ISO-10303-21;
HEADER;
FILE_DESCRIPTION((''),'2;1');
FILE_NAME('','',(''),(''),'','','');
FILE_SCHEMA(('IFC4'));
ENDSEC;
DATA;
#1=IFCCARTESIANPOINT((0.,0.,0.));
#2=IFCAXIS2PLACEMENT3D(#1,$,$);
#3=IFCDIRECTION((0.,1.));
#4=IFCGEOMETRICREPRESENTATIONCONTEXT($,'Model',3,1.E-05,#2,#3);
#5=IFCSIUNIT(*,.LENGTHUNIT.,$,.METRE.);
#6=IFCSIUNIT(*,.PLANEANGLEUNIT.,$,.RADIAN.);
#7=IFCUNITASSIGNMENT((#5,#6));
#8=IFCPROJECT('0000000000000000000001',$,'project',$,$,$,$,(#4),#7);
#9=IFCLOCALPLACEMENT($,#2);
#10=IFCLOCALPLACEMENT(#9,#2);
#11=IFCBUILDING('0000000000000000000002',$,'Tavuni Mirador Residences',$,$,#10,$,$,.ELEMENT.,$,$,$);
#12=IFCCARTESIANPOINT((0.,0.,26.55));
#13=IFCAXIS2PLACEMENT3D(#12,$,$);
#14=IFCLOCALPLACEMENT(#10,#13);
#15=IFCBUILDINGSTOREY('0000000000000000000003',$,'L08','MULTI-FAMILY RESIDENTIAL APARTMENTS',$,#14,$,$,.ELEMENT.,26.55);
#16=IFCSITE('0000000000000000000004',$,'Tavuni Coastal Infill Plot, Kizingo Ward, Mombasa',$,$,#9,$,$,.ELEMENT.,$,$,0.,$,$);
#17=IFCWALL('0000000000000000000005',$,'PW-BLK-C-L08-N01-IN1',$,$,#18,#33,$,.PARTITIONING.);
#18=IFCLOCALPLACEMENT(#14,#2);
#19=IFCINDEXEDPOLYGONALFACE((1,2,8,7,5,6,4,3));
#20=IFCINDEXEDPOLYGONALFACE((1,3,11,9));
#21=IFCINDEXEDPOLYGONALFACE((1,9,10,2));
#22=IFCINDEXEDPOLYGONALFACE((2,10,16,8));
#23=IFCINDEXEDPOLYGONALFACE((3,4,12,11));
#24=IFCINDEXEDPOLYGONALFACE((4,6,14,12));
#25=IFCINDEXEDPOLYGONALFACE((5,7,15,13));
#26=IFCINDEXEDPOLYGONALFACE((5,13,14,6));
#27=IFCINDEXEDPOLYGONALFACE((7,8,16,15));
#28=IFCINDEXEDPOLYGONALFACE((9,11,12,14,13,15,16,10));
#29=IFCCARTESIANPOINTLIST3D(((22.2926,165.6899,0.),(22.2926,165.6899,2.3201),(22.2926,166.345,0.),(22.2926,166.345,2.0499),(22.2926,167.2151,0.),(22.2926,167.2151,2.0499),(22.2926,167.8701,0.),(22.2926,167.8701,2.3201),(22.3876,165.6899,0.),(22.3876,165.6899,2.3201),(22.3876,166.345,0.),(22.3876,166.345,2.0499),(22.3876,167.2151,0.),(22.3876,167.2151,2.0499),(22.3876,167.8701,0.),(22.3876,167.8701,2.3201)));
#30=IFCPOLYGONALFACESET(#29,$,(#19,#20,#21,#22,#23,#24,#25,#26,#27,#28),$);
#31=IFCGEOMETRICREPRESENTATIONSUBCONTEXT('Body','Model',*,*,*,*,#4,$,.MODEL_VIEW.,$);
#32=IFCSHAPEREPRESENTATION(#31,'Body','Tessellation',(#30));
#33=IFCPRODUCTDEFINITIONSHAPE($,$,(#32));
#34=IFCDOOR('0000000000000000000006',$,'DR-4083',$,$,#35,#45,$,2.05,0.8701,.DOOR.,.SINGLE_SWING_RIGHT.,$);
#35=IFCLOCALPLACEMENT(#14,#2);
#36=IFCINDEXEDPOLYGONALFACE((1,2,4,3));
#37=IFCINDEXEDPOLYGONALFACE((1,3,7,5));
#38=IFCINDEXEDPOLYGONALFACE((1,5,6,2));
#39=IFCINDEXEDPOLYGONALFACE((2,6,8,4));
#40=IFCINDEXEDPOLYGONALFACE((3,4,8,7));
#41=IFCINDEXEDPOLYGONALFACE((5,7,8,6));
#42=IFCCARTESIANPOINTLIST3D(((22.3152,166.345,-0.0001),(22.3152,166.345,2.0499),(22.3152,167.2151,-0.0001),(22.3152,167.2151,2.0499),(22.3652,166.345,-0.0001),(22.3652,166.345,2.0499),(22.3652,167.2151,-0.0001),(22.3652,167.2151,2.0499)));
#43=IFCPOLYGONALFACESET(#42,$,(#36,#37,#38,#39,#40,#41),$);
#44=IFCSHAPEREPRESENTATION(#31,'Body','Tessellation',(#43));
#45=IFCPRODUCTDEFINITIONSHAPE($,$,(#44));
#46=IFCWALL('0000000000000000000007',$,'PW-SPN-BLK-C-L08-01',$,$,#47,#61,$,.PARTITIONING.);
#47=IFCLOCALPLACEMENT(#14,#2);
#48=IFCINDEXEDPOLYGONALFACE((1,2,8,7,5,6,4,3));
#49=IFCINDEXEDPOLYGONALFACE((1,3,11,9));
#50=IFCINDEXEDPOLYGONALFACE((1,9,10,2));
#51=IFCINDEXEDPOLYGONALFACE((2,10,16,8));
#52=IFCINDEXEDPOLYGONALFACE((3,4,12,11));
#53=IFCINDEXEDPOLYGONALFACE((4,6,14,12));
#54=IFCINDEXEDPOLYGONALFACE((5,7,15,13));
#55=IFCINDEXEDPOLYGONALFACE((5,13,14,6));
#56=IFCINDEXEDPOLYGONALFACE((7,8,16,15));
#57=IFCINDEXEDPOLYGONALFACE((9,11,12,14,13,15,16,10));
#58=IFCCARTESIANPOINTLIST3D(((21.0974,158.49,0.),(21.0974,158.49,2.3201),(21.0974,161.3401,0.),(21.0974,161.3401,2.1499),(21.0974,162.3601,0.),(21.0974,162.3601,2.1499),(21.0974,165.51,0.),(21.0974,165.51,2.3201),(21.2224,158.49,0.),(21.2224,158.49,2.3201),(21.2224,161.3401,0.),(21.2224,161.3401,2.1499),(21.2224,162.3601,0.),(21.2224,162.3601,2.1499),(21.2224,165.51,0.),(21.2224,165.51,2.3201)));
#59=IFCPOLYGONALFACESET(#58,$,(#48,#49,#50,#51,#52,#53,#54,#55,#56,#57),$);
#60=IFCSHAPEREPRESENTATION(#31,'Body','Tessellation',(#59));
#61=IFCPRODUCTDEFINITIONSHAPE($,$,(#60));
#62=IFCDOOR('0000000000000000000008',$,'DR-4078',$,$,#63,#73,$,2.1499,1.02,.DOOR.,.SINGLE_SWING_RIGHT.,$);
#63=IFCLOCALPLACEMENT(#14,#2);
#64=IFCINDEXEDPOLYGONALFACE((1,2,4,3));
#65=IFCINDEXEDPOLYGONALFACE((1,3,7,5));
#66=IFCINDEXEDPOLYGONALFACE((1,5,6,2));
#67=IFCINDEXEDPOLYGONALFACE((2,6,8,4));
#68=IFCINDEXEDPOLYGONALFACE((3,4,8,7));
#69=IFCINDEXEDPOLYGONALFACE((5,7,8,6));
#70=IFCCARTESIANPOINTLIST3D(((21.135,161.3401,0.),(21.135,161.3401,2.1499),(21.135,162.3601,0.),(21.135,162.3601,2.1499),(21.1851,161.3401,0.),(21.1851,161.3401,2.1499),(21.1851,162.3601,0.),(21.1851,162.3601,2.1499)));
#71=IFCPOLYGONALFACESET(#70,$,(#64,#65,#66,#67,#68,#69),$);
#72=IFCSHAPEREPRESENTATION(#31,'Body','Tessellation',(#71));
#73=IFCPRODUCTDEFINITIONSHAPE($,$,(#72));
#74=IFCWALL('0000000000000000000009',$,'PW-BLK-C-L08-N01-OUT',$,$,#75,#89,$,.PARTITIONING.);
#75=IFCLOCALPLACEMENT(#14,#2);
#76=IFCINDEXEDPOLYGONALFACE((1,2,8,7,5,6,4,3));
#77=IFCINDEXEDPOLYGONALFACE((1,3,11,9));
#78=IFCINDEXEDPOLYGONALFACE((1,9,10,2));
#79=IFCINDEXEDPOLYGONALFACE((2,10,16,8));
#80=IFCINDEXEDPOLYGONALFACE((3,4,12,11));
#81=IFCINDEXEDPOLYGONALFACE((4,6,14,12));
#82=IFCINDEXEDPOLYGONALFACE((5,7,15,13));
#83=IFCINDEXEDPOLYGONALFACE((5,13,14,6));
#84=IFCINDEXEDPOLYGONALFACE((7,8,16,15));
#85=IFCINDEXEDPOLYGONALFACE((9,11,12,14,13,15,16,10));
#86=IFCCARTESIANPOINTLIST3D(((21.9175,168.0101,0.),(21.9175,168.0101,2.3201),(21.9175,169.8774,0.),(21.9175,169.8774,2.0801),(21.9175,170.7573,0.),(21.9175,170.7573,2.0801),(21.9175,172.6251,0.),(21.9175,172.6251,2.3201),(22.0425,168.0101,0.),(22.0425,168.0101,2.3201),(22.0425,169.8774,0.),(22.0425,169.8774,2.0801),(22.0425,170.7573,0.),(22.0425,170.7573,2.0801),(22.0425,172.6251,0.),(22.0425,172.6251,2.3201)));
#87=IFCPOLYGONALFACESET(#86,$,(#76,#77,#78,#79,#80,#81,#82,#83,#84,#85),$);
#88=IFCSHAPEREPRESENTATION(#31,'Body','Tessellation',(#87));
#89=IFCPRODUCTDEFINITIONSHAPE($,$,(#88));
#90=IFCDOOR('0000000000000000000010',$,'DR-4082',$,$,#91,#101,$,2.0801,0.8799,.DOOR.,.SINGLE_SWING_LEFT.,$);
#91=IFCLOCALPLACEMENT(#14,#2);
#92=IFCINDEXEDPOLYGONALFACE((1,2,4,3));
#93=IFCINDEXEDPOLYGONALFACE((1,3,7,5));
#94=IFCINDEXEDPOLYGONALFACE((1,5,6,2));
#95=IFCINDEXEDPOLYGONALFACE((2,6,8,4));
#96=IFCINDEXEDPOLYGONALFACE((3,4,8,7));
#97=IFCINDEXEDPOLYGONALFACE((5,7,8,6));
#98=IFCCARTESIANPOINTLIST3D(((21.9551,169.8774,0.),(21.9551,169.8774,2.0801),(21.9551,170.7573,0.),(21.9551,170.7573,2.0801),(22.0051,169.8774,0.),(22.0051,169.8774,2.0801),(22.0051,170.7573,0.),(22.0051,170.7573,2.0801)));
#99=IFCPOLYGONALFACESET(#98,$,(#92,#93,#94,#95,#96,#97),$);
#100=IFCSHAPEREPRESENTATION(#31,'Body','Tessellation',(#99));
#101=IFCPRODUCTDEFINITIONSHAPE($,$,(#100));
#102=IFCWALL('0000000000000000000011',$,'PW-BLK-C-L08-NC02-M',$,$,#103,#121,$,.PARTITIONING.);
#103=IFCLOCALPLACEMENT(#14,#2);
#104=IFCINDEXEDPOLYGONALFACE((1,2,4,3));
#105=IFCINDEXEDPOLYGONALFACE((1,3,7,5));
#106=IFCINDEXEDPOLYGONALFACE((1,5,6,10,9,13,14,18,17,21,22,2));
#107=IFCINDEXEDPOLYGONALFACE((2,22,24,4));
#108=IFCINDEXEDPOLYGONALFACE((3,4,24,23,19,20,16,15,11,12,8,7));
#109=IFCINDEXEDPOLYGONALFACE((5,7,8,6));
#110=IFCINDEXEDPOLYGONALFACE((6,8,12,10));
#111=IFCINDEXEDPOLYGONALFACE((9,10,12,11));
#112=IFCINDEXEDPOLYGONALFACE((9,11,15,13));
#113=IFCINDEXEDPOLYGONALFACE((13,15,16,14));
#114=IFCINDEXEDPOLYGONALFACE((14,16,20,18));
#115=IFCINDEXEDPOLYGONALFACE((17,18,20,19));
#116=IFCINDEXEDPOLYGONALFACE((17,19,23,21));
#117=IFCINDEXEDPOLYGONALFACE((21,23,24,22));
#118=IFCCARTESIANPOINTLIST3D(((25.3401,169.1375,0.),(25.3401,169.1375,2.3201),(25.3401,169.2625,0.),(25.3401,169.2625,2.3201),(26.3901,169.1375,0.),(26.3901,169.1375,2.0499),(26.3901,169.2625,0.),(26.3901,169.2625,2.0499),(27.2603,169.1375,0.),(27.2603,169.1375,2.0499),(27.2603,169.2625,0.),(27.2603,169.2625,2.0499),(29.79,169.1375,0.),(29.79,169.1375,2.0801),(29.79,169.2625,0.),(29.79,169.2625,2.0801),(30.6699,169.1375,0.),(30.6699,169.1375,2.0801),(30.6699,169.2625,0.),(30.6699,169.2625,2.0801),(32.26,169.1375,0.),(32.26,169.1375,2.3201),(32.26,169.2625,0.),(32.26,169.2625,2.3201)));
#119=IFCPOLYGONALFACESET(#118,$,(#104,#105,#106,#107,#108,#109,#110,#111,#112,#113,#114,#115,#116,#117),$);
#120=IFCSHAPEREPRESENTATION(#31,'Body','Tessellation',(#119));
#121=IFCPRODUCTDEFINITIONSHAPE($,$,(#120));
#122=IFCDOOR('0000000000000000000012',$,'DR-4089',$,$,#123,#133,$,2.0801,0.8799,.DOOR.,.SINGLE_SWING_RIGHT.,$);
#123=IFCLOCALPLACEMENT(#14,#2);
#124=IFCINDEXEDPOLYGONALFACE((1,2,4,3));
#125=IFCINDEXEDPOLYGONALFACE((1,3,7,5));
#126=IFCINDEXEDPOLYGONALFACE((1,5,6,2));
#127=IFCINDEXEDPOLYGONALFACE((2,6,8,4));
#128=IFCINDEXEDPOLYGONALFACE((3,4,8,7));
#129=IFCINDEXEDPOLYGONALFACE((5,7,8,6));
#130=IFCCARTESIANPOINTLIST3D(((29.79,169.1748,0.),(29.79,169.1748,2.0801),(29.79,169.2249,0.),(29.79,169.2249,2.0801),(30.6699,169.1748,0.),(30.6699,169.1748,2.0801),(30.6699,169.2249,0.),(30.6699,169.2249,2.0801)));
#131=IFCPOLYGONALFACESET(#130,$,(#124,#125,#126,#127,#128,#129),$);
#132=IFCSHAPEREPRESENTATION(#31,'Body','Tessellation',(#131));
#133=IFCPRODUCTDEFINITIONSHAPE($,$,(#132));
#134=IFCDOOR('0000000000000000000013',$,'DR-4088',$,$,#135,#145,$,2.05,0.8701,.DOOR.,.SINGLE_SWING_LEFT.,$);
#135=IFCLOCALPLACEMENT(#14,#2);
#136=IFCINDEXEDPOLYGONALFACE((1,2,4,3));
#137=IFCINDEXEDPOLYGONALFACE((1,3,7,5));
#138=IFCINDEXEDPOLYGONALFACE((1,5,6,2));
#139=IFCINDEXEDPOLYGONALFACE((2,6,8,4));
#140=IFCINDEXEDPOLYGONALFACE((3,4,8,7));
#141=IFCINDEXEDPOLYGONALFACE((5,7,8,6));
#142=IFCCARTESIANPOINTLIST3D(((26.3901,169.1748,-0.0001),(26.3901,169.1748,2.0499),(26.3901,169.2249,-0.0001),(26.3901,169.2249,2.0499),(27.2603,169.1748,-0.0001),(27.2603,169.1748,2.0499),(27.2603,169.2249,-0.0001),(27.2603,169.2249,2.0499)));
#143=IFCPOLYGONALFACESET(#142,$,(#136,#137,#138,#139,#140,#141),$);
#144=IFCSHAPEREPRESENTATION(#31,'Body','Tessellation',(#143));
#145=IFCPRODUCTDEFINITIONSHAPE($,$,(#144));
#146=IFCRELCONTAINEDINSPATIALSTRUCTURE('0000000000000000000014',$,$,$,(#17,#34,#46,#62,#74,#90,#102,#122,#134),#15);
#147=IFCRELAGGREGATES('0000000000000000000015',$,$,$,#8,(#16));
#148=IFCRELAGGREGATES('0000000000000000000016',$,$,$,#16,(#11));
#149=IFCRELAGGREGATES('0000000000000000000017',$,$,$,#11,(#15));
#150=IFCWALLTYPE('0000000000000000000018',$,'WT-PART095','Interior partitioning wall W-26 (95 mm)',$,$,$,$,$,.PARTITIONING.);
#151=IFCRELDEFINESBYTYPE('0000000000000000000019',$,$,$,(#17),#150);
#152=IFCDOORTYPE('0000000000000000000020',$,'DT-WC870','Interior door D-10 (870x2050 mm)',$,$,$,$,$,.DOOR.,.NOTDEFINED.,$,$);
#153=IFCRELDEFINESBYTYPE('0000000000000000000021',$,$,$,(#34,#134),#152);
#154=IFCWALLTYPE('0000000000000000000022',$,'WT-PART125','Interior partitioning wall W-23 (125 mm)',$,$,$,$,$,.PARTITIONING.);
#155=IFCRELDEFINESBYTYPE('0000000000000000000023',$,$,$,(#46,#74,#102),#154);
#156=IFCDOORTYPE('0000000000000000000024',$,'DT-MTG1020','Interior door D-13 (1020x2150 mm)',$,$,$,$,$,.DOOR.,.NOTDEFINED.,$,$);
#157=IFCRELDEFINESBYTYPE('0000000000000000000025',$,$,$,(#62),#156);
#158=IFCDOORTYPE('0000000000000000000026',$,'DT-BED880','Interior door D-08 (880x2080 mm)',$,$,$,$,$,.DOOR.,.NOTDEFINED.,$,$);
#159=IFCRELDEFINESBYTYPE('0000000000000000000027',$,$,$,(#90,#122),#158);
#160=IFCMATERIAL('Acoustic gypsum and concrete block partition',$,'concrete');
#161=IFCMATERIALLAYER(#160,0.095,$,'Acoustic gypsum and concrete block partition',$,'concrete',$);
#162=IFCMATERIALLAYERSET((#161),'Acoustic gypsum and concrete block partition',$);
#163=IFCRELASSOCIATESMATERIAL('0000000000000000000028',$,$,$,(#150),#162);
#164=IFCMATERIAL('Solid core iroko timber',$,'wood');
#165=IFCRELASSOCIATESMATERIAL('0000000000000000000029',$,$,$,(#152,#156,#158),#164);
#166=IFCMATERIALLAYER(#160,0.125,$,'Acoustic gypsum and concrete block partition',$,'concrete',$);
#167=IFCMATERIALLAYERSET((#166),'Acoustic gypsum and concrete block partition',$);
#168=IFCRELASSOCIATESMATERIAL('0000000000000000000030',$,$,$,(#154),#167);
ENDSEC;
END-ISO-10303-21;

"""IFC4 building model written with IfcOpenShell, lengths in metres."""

from ifc_helpers import new_model, si_unit, direction, frame, frame_2d, origin, place, context, subcontext, project, spatial, rectangle, extrude, material, layer, layer_set, type_object, element, fill, save


model = new_model("IFC4")

# Units and contexts
model_context = context("Model", 3, precision=1e-05, world=origin(), true_north=direction((0.0, 1.0)))
body_context = subcontext(model_context, "Body", "Model", "MODEL_VIEW")
ifc_project = project(units=[si_unit("LENGTHUNIT", "METRE"), si_unit("PLANEANGLEUNIT", "RADIAN")], contexts=[model_context])

# Site, building, storey
site_placement = place(None, origin())
site = spatial("IfcSite", under=ifc_project, at=site_placement, Name="Tavuni Coastal Infill Plot, Kizingo Ward, Mombasa", CompositionType="ELEMENT", RefElevation=0.0)
building_placement = place(site_placement, origin())
building = spatial("IfcBuilding", under=site, at=building_placement, Name="Tavuni Mirador Residences", CompositionType="ELEMENT")
storey_placement = place(building_placement, frame((0.0, 0.0, 26.55)))
storey = spatial("IfcBuildingStorey", under=building, at=storey_placement, Name="L08", Description="MULTI-FAMILY RESIDENTIAL APARTMENTS", CompositionType="ELEMENT", Elevation=26.55)

# Walls, openings, doors
ifc_material_1 = material(Name="Solid core iroko timber", Category="wood")
ifc_material_2 = material(Name="Acoustic gypsum and concrete block partition", Category="concrete")
ifc_layer_1 = layer(ifc_material_2, 0.095, Name="Acoustic gypsum and concrete block partition", Category="concrete")
ifc_layer_set_1 = layer_set([ifc_layer_1], Name="Acoustic gypsum and concrete block partition")
wall_type_1 = type_object("IfcWallType", Name="WT-PART095", Description="Interior partitioning wall W-26 (95 mm)", PredefinedType="PARTITIONING", material=ifc_layer_set_1)
wall_1_placement = place(storey_placement, frame((22.3401, 165.6899, 0.0), z_axis=(0.0, 0.0, 1.0), x_axis=(0.0, 1.0, 0.0)))
wall_1 = element("IfcWall", 1, at=wall_1_placement, inside=storey, type_object=wall_type_1, Name="PW-BLK-C-L08-N01-IN1", PredefinedType="PARTITIONING", context=body_context, shape_type="SweptSolid", body=[
    extrude(rectangle(XDim=2.1802, YDim=0.095, at=frame_2d((1.0901, 0.0))), origin(), (0.0, 0.0, 1.0), 2.3201),
])
opening_1_placement = place(wall_1_placement, frame((0.655, 0.0, 0.0)))
opening_1 = element("IfcOpeningElement", 2, at=opening_1_placement, cuts=wall_1, PredefinedType="OPENING", context=body_context, shape_type="SweptSolid", body=[
    extrude(rectangle(XDim=0.8701, YDim=2.05, at=frame_2d((0.4351, 1.0249))), frame((0.0, 0.0576, 0.0), z_axis=(0.0, -1.0, 0.0), x_axis=(1.0, 0.0, 0.0)), (0.0, 0.0, 1.0), 0.115),
])
door_type_1 = type_object("IfcDoorType", Name="DT-WC870", Description="Interior door D-10 (870x2050 mm)", OperationType="NOTDEFINED", PredefinedType="DOOR", material=ifc_material_1)
door_1_placement = place(opening_1_placement, origin())
door_1 = element("IfcDoor", 3, at=door_1_placement, inside=storey, type_object=door_type_1, Name="DR-4083", OperationType="SINGLE_SWING_RIGHT", OverallHeight=2.05, OverallWidth=0.8701, PredefinedType="DOOR", context=body_context, shape_type="SweptSolid", body=[
    extrude(rectangle(XDim=0.8701, YDim=2.05, at=frame_2d((0.4351, 1.0249))), frame((0.0, 0.0249, 0.0), z_axis=(0.0, -1.0, 0.0), x_axis=(1.0, 0.0, 0.0)), (0.0, 0.0, 1.0), 0.05),
])
fill(opening_1, door_1)
ifc_layer_2 = layer(ifc_material_2, 0.125, Name="Acoustic gypsum and concrete block partition", Category="concrete")
ifc_layer_set_2 = layer_set([ifc_layer_2], Name="Acoustic gypsum and concrete block partition")
wall_type_2 = type_object("IfcWallType", Name="WT-PART125", Description="Interior partitioning wall W-23 (125 mm)", PredefinedType="PARTITIONING", material=ifc_layer_set_2)
wall_2_placement = place(storey_placement, frame((21.1599, 158.49, 0.0), z_axis=(0.0, 0.0, 1.0), x_axis=(0.0, 1.0, 0.0)))
wall_2 = element("IfcWall", 4, at=wall_2_placement, inside=storey, type_object=wall_type_2, Name="PW-SPN-BLK-C-L08-01", PredefinedType="PARTITIONING", context=body_context, shape_type="SweptSolid", body=[
    extrude(rectangle(XDim=7.02, YDim=0.125, at=frame_2d((3.51, 0.0))), origin(), (0.0, 0.0, 1.0), 2.3201),
])
opening_2_placement = place(wall_2_placement, frame((2.8501, 0.0, 0.0)))
opening_2 = element("IfcOpeningElement", 5, at=opening_2_placement, cuts=wall_2, PredefinedType="OPENING", context=body_context, shape_type="SweptSolid", body=[
    extrude(rectangle(XDim=1.02, YDim=2.1499, at=frame_2d((0.51, 1.075))), frame((0.0, 0.0725, 0.0), z_axis=(0.0, -1.0, 0.0), x_axis=(1.0, 0.0, 0.0)), (0.0, 0.0, 1.0), 0.145),
])
door_type_2 = type_object("IfcDoorType", Name="DT-MTG1020", Description="Interior door D-13 (1020x2150 mm)", OperationType="NOTDEFINED", PredefinedType="DOOR", material=ifc_material_1)
door_2_placement = place(opening_2_placement, origin())
door_2 = element("IfcDoor", 6, at=door_2_placement, inside=storey, type_object=door_type_2, Name="DR-4078", OperationType="SINGLE_SWING_RIGHT", OverallHeight=2.1499, OverallWidth=1.02, PredefinedType="DOOR", context=body_context, shape_type="SweptSolid", body=[
    extrude(rectangle(XDim=1.02, YDim=2.1499, at=frame_2d((0.51, 1.075))), frame((0.0, 0.0249, 0.0), z_axis=(0.0, -1.0, 0.0), x_axis=(1.0, 0.0, 0.0)), (0.0, 0.0, 1.0), 0.05),
])
fill(opening_2, door_2)
wall_3_placement = place(storey_placement, frame((21.98, 168.01, 0.0), z_axis=(0.0, 0.0, 1.0), x_axis=(0.0, 1.0, 0.0)))
wall_3 = element("IfcWall", 7, at=wall_3_placement, inside=storey, type_object=wall_type_2, Name="PW-BLK-C-L08-N01-OUT", PredefinedType="PARTITIONING", context=body_context, shape_type="SweptSolid", body=[
    extrude(rectangle(XDim=4.615, YDim=0.125, at=frame_2d((2.3076, 0.0))), origin(), (0.0, 0.0, 1.0), 2.3201),
])
opening_3_placement = place(wall_3_placement, frame((1.8674, 0.0, 0.0)))
opening_3 = element("IfcOpeningElement", 8, at=opening_3_placement, cuts=wall_3, PredefinedType="OPENING", context=body_context, shape_type="SweptSolid", body=[
    extrude(rectangle(XDim=0.8799, YDim=2.0801, at=frame_2d((0.4399, 1.04))), frame((0.0, 0.0725, 0.0), z_axis=(0.0, -1.0, 0.0), x_axis=(1.0, 0.0, 0.0)), (0.0, 0.0, 1.0), 0.145),
])
door_type_3 = type_object("IfcDoorType", Name="DT-BED880", Description="Interior door D-08 (880x2080 mm)", OperationType="NOTDEFINED", PredefinedType="DOOR", material=ifc_material_1)
door_3_placement = place(opening_3_placement, origin())
door_3 = element("IfcDoor", 9, at=door_3_placement, inside=storey, type_object=door_type_3, Name="DR-4082", OperationType="SINGLE_SWING_LEFT", OverallHeight=2.0801, OverallWidth=0.8799, PredefinedType="DOOR", context=body_context, shape_type="SweptSolid", body=[
    extrude(rectangle(XDim=0.8799, YDim=2.0801, at=frame_2d((0.4399, 1.04))), frame((0.0, 0.0249, 0.0), z_axis=(0.0, -1.0, 0.0), x_axis=(1.0, 0.0, 0.0)), (0.0, 0.0, 1.0), 0.05),
])
fill(opening_3, door_3)

# Wall, openings, doors
wall_4_placement = place(storey_placement, frame((25.3401, 169.2, 0.0), z_axis=(0.0, 0.0, 1.0), x_axis=(1.0, 0.0, 0.0)))
wall_4 = element("IfcWall", 10, at=wall_4_placement, inside=storey, type_object=wall_type_2, Name="PW-BLK-C-L08-NC02-M", PredefinedType="PARTITIONING", context=body_context, shape_type="SweptSolid", body=[
    extrude(rectangle(XDim=6.9199, YDim=0.125, at=frame_2d((3.46, 0.0))), origin(), (0.0, 0.0, 1.0), 2.3201),
])
opening_4_placement = place(wall_4_placement, frame((1.05, 0.0, 0.0)))
opening_4 = element("IfcOpeningElement", 11, at=opening_4_placement, cuts=wall_4, PredefinedType="OPENING", context=body_context, shape_type="SweptSolid", body=[
    extrude(rectangle(XDim=0.8701, YDim=2.05, at=frame_2d((0.4351, 1.0249))), frame((0.0, 0.0725, 0.0), z_axis=(0.0, -1.0, 0.0), x_axis=(1.0, 0.0, 0.0)), (0.0, 0.0, 1.0), 0.145),
])
opening_5_placement = place(wall_4_placement, frame((4.45, 0.0, 0.0)))
opening_5 = element("IfcOpeningElement", 12, at=opening_5_placement, cuts=wall_4, PredefinedType="OPENING", context=body_context, shape_type="SweptSolid", body=[
    extrude(rectangle(XDim=0.8799, YDim=2.0801, at=frame_2d((0.4399, 1.04))), frame((0.0, 0.0725, 0.0), z_axis=(0.0, -1.0, 0.0), x_axis=(1.0, 0.0, 0.0)), (0.0, 0.0, 1.0), 0.145),
])
door_4_placement = place(opening_5_placement, origin())
door_4 = element("IfcDoor", 13, at=door_4_placement, inside=storey, type_object=door_type_3, Name="DR-4089", OperationType="SINGLE_SWING_RIGHT", OverallHeight=2.0801, OverallWidth=0.8799, PredefinedType="DOOR", context=body_context, shape_type="SweptSolid", body=[
    extrude(rectangle(XDim=0.8799, YDim=2.0801, at=frame_2d((0.4399, 1.04))), frame((0.0, 0.0249, 0.0), z_axis=(0.0, -1.0, 0.0), x_axis=(1.0, 0.0, 0.0)), (0.0, 0.0, 1.0), 0.05),
])
fill(opening_5, door_4)
door_5_placement = place(opening_4_placement, origin())
door_5 = element("IfcDoor", 14, at=door_5_placement, inside=storey, type_object=door_type_1, Name="DR-4088", OperationType="SINGLE_SWING_LEFT", OverallHeight=2.05, OverallWidth=0.8701, PredefinedType="DOOR", context=body_context, shape_type="SweptSolid", body=[
    extrude(rectangle(XDim=0.8701, YDim=2.05, at=frame_2d((0.4351, 1.0249))), frame((0.0, 0.0249, 0.0), z_axis=(0.0, -1.0, 0.0), x_axis=(1.0, 0.0, 0.0)), (0.0, 0.0, 1.0), 0.05),
])
fill(opening_4, door_5)

save(model, "model.ifc")
